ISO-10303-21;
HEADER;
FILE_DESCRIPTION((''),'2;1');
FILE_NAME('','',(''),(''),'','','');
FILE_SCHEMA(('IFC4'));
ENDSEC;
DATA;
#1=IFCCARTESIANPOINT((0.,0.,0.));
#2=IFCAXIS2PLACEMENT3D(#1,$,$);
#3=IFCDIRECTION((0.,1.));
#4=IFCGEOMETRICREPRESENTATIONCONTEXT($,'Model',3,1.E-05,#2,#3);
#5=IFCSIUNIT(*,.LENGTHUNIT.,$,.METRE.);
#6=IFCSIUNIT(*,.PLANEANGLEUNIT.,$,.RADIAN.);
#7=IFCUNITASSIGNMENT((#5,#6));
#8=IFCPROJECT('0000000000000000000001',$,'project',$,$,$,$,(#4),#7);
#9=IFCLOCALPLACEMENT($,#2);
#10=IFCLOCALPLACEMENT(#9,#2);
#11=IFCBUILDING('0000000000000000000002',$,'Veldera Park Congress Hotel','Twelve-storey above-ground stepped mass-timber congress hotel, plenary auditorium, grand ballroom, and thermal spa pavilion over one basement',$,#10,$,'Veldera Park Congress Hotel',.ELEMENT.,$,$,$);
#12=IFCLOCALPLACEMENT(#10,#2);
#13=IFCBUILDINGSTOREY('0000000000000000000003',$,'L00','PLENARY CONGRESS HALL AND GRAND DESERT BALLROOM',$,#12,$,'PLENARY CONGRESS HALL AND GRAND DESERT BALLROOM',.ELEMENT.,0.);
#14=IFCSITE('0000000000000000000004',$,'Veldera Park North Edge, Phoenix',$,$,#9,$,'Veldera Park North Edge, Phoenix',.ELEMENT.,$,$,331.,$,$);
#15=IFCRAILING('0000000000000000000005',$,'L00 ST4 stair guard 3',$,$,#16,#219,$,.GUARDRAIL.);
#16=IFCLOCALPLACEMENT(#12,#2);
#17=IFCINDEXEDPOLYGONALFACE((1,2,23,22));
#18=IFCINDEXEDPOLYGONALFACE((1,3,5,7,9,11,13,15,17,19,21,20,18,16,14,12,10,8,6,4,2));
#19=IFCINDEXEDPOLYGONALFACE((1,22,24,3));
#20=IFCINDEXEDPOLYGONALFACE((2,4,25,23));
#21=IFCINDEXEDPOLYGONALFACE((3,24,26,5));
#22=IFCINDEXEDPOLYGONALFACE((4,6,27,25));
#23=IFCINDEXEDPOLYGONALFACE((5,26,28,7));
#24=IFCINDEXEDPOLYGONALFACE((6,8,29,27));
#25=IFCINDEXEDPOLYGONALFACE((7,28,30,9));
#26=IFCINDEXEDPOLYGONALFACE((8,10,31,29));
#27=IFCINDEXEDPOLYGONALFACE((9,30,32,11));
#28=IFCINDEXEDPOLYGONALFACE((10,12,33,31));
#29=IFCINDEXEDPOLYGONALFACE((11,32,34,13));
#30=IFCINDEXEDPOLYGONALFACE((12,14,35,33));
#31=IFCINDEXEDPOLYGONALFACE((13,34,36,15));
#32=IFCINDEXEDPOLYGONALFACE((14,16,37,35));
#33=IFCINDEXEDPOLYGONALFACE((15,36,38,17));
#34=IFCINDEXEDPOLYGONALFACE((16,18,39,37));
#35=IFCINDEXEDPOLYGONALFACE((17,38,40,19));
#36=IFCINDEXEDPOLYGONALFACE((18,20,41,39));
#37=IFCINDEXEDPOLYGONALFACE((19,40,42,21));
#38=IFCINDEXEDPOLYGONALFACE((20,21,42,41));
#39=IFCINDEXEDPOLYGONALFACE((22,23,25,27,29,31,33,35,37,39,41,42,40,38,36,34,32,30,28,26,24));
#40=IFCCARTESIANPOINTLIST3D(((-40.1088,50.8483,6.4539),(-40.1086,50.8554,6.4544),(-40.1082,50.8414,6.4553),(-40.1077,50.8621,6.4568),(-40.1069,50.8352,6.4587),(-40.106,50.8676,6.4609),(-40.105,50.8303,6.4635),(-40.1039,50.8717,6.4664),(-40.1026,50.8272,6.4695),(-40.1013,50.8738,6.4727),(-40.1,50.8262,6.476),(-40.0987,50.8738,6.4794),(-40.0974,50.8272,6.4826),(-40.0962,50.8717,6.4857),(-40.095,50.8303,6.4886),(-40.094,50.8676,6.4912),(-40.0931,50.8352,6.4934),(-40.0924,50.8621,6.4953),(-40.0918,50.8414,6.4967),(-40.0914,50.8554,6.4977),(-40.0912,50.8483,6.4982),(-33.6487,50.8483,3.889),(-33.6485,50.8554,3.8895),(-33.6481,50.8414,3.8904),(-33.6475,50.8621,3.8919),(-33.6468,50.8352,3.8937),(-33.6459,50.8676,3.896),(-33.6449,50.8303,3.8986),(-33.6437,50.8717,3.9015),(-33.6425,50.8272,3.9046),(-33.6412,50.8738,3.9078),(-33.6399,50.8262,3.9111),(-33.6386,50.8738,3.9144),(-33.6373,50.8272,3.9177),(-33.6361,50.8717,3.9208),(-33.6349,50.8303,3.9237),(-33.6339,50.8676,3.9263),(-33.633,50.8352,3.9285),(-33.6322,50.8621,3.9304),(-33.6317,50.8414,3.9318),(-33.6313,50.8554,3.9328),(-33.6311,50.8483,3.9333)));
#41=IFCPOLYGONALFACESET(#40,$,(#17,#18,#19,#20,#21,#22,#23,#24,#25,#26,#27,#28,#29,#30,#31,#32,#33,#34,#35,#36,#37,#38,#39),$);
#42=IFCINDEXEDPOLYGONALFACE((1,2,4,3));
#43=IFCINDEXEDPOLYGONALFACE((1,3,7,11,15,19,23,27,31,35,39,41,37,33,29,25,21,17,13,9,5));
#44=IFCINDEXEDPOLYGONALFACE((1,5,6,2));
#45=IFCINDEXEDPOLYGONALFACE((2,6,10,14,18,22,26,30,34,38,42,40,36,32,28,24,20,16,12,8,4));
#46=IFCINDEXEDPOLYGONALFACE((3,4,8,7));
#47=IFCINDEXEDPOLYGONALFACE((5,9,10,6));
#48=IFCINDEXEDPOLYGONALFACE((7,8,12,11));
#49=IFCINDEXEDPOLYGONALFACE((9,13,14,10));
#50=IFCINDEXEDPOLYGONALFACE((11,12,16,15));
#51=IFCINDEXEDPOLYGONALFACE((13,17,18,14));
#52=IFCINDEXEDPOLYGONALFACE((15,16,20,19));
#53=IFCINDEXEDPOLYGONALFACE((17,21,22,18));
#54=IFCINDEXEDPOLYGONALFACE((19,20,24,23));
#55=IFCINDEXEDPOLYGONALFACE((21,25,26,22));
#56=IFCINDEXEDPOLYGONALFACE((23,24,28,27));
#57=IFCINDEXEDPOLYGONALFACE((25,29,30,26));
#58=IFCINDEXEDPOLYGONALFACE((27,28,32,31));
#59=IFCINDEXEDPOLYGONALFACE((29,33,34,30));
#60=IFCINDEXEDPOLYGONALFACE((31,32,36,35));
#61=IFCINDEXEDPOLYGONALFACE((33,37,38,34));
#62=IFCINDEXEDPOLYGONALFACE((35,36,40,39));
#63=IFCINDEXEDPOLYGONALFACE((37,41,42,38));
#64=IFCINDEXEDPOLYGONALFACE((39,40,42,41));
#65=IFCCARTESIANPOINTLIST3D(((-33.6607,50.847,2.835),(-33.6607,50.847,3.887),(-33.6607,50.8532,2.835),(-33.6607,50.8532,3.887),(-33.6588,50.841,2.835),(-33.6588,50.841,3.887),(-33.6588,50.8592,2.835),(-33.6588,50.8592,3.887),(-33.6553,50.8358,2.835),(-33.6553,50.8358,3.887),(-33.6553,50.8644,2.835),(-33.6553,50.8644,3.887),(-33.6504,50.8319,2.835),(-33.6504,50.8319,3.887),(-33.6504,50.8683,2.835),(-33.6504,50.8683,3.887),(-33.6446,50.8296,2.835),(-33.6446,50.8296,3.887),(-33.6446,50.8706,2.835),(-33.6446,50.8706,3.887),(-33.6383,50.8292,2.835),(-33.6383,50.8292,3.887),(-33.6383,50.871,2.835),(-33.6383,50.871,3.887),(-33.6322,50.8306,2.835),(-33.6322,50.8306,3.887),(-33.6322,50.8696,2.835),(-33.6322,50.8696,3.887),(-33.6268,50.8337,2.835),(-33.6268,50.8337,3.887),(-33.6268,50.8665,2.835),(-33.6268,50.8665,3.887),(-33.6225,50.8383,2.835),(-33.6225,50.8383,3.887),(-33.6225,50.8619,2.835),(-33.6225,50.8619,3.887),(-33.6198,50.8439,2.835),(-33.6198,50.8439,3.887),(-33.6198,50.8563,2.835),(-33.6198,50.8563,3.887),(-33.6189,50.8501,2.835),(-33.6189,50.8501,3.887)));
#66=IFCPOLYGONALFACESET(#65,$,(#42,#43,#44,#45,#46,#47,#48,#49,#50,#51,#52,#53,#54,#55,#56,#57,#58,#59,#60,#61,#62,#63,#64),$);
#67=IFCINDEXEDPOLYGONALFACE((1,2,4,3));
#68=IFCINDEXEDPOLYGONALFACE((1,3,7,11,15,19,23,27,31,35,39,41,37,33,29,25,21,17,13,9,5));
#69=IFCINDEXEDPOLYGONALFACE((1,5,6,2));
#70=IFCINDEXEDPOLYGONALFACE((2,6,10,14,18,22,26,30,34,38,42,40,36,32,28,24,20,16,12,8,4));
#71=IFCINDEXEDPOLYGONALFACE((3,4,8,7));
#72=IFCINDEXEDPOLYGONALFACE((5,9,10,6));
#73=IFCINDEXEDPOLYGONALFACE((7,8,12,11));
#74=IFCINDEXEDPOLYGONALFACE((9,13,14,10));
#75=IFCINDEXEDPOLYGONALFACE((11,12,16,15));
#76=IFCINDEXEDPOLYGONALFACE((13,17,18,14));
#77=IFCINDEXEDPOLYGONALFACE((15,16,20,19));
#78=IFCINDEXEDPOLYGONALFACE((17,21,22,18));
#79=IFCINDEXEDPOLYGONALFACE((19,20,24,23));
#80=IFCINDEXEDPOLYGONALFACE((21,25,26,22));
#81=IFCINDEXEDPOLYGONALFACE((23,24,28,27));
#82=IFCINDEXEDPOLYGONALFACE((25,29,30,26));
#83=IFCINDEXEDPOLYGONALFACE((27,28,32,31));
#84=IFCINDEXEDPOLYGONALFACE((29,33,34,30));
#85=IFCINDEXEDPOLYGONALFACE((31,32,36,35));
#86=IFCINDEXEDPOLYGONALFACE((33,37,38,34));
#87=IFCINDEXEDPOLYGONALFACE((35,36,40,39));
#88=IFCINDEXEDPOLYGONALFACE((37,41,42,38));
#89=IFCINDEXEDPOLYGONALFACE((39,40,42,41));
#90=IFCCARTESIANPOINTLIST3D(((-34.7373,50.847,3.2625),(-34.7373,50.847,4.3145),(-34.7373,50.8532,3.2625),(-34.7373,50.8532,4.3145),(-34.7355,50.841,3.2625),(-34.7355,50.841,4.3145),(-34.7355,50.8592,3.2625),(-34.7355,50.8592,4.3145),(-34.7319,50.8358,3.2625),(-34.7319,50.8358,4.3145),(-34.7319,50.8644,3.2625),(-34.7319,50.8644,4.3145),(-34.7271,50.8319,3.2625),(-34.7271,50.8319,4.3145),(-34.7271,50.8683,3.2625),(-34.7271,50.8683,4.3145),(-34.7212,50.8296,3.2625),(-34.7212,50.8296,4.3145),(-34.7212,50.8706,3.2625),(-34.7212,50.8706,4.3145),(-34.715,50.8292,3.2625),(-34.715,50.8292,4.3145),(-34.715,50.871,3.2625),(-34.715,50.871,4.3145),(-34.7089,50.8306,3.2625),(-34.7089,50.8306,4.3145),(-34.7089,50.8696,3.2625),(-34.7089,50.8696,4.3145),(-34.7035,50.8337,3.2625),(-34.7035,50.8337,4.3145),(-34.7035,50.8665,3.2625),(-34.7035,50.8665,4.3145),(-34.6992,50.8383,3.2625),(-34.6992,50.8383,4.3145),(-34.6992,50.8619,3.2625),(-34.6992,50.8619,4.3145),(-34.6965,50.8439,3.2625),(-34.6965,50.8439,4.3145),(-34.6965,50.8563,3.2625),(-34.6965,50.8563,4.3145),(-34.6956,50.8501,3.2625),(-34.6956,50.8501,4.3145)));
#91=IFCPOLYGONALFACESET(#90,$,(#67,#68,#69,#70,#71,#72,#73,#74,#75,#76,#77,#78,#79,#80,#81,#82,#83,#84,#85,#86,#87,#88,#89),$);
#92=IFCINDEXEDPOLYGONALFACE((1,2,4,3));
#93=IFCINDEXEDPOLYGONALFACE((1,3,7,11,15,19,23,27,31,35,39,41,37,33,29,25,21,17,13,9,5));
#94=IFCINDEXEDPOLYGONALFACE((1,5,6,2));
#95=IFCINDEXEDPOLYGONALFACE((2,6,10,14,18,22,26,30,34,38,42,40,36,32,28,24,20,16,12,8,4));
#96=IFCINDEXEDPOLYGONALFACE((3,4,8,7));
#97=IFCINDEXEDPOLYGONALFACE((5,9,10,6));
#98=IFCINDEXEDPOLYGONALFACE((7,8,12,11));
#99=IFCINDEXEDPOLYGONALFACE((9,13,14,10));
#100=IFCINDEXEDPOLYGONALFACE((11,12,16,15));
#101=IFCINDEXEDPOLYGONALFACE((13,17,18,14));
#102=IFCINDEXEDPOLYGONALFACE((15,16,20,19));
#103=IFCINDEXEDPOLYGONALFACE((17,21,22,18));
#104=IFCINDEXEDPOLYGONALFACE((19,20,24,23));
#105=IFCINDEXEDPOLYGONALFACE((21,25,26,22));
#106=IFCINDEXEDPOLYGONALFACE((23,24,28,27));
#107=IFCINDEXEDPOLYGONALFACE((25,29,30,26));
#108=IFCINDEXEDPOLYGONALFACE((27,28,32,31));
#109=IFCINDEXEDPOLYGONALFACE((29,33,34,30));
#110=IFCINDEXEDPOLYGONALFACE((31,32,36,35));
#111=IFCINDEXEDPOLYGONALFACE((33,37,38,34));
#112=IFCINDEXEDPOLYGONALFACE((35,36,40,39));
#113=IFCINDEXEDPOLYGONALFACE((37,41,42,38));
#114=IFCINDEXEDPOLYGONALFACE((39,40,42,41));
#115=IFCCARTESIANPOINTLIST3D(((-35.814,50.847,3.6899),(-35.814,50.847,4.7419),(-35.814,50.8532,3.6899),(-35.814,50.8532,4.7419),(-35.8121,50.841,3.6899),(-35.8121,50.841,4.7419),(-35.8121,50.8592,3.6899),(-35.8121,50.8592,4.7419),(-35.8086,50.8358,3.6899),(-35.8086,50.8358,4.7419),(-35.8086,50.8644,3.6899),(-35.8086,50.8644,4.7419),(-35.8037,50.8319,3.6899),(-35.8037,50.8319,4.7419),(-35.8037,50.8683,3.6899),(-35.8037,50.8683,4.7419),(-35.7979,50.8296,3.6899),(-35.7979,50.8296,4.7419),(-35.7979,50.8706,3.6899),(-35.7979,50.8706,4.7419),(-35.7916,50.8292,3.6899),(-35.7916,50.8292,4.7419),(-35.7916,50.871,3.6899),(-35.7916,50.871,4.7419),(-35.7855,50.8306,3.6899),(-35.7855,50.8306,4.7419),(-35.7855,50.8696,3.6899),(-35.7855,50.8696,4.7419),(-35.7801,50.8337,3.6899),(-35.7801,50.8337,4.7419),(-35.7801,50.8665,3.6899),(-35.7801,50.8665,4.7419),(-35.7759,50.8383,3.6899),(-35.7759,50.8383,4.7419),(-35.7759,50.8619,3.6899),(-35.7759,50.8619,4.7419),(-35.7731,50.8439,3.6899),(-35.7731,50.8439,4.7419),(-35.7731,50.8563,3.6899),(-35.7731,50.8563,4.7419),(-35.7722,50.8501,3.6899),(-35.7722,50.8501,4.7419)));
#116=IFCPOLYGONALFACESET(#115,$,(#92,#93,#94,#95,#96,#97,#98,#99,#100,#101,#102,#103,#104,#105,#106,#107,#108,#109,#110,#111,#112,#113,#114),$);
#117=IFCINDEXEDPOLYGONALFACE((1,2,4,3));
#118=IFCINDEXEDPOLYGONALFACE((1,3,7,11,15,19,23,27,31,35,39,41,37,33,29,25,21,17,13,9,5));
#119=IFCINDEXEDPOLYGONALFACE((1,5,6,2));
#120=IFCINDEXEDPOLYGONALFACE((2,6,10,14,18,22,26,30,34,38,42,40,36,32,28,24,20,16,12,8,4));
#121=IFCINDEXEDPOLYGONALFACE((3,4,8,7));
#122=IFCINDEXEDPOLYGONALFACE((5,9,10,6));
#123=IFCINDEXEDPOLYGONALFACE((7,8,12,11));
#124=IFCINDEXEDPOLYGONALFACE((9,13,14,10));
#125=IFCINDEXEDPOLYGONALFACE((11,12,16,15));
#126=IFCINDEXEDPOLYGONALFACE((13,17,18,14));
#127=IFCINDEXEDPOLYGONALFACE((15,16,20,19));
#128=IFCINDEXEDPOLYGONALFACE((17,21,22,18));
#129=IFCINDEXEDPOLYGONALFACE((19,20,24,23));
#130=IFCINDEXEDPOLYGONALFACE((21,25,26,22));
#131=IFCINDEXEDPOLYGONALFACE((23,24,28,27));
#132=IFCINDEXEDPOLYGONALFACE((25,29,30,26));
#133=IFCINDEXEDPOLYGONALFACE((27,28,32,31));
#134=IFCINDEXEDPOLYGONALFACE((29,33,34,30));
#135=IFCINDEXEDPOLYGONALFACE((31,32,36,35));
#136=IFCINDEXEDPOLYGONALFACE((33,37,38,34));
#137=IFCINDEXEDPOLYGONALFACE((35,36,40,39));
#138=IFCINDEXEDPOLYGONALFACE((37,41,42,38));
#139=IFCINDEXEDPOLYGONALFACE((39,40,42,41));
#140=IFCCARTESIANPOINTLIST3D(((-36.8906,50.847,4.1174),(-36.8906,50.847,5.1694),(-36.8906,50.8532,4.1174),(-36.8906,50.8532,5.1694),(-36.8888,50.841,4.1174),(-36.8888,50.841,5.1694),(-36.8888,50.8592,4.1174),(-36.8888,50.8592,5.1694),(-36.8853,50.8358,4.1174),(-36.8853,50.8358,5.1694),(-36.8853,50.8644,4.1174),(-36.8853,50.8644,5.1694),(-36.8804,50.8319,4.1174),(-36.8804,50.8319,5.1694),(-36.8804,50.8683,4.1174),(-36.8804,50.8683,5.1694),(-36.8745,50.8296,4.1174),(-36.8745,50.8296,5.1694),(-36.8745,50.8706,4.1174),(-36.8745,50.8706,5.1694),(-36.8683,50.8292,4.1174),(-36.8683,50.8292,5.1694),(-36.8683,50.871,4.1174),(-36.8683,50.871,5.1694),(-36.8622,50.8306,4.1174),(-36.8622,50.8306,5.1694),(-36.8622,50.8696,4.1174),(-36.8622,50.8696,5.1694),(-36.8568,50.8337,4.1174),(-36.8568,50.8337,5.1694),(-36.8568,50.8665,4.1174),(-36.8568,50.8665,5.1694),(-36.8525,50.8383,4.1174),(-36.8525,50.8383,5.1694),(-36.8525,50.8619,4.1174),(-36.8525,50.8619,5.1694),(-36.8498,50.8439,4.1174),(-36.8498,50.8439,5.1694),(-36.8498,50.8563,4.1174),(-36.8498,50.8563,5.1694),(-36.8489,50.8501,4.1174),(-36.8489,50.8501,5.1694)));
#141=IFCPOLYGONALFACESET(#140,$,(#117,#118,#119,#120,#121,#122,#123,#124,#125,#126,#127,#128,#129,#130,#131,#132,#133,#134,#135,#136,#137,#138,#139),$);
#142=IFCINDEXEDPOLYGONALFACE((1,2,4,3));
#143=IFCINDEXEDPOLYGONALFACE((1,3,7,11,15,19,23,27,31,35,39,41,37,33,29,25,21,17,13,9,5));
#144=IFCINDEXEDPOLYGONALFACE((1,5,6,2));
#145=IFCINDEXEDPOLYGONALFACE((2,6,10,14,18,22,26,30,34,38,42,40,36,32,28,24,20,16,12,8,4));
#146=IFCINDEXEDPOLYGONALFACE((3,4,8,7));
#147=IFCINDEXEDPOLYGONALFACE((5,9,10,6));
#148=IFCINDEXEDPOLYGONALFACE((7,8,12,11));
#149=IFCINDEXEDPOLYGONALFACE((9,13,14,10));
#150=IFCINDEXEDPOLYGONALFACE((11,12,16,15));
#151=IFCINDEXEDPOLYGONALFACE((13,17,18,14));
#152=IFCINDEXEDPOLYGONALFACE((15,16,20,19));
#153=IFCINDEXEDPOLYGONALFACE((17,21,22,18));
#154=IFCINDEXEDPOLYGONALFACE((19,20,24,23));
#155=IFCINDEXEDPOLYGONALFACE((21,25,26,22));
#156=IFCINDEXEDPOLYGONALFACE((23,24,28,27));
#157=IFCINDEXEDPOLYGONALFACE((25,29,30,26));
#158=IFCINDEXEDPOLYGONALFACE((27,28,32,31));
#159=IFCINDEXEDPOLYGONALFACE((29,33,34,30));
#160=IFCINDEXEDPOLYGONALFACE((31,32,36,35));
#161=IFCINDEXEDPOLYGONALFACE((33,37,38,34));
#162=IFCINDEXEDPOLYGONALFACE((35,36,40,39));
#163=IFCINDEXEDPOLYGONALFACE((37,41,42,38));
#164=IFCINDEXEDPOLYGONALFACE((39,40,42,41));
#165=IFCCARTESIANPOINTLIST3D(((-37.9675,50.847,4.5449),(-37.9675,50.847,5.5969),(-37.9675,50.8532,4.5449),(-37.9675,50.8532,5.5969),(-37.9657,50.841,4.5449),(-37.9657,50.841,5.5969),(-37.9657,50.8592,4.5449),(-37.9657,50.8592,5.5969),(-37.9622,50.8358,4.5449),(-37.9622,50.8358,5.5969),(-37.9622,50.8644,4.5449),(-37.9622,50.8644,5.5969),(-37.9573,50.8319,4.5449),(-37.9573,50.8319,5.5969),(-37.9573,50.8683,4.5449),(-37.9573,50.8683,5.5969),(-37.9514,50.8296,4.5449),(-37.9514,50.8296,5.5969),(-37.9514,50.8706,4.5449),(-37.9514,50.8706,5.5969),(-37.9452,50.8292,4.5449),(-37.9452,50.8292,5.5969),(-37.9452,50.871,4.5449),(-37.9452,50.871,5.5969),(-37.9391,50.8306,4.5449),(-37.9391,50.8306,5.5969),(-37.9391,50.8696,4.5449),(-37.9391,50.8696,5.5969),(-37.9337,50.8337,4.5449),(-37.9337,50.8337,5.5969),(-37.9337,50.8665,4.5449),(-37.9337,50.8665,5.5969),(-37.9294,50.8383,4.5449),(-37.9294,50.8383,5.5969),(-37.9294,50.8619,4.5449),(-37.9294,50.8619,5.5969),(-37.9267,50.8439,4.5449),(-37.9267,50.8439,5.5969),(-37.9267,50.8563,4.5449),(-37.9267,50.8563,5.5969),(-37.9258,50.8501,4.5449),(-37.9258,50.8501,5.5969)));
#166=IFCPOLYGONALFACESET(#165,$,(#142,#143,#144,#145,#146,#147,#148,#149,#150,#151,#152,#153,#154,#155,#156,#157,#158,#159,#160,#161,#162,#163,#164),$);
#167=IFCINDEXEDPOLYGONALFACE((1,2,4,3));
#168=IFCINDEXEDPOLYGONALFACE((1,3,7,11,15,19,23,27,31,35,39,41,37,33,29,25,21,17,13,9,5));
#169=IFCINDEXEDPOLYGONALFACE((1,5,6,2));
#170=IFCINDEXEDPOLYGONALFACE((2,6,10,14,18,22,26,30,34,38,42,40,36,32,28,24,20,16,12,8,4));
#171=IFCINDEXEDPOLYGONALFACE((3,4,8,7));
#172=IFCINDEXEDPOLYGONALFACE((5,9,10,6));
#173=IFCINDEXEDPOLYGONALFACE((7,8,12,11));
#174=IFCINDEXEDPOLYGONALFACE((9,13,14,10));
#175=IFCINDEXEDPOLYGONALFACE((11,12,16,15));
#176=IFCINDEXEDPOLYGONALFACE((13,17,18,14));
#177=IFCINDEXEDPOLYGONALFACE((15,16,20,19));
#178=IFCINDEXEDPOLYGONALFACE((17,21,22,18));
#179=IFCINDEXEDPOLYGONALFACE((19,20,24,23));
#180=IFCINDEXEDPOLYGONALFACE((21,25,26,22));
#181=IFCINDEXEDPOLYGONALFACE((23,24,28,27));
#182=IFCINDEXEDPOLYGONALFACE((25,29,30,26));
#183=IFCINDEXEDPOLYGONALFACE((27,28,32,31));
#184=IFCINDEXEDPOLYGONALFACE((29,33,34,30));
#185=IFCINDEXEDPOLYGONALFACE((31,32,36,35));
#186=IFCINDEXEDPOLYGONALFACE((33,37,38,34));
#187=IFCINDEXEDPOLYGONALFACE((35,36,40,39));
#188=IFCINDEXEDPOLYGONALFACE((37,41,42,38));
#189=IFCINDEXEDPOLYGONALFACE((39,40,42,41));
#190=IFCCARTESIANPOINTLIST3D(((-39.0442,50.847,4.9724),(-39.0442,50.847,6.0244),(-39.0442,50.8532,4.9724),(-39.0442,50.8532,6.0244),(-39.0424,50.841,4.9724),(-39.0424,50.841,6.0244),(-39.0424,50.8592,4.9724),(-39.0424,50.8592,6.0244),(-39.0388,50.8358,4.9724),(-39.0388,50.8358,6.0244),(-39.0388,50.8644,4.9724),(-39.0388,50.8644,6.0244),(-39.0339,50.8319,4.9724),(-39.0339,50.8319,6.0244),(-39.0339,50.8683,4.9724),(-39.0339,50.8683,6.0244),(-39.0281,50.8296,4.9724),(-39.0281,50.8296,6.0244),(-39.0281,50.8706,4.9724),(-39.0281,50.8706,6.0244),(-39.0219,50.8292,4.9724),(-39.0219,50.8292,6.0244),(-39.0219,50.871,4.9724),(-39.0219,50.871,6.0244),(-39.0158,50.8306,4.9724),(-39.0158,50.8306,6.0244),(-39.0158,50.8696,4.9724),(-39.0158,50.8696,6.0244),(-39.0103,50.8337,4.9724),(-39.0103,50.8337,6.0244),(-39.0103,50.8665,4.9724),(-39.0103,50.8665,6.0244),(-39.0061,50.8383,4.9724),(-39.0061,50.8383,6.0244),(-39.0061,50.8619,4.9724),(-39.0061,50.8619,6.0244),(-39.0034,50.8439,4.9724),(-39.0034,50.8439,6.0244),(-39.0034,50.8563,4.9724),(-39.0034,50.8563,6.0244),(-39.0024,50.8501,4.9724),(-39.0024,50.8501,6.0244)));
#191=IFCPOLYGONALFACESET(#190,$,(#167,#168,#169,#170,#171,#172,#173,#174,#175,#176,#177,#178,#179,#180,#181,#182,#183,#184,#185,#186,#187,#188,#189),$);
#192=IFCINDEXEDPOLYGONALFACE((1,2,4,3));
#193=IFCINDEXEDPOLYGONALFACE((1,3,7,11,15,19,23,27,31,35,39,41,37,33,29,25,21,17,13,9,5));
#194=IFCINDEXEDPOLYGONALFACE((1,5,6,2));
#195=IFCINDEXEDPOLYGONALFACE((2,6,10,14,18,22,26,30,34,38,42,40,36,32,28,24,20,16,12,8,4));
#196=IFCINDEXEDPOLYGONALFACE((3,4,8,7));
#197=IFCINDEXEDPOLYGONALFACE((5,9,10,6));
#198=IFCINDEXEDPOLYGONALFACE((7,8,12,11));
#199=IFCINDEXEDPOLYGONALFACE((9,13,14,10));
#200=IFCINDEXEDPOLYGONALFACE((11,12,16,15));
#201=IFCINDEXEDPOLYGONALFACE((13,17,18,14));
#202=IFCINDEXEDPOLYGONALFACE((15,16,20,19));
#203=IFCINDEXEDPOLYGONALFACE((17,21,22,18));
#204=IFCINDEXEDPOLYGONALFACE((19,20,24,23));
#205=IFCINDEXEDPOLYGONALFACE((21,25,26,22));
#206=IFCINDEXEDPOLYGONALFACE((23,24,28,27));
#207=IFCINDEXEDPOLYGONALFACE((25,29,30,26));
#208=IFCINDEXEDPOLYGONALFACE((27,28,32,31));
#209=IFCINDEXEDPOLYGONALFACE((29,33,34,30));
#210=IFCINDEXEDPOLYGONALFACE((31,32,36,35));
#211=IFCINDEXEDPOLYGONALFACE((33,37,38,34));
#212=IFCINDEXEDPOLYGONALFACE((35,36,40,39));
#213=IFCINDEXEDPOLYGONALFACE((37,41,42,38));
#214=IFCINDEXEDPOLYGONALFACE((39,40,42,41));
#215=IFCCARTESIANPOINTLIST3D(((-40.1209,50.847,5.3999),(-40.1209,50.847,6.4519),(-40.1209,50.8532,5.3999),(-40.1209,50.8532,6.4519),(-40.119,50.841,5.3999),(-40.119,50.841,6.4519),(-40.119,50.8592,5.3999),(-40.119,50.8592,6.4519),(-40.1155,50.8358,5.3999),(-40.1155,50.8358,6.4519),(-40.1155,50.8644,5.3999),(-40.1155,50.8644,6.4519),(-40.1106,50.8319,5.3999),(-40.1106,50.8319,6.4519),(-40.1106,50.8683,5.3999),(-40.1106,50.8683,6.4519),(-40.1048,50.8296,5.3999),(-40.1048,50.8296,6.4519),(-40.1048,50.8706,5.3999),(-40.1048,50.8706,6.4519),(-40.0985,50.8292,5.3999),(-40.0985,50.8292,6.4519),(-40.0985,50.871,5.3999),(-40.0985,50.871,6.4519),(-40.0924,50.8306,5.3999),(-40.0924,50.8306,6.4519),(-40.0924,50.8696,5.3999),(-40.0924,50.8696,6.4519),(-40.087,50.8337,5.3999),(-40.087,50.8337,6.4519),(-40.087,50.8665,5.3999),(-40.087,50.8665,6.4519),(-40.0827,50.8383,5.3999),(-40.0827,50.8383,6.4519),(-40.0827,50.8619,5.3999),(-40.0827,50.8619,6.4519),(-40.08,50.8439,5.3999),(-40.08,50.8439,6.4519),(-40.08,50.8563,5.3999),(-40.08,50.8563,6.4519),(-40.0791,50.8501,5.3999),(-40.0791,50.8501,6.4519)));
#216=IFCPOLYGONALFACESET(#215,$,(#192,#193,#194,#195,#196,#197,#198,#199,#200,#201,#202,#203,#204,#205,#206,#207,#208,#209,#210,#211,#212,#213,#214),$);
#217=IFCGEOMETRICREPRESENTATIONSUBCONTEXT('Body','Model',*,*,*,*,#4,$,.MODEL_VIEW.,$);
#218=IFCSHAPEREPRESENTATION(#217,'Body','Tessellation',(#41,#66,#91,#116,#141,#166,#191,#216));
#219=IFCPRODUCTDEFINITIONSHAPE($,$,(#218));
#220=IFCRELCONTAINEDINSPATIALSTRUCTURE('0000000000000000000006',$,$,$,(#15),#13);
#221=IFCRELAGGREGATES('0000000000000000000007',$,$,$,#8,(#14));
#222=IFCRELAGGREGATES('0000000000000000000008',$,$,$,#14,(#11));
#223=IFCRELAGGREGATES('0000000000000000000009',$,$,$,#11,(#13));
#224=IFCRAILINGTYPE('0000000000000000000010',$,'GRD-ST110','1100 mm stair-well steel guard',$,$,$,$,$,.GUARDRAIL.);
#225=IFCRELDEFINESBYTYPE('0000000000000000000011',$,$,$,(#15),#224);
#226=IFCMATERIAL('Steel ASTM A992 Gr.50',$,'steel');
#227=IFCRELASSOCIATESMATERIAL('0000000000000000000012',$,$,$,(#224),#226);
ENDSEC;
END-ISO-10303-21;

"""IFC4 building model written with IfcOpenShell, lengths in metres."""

from ifc_helpers import new_model, si_unit, direction, frame, origin, origin_2d, place, context, subcontext, project, spatial, circle, extrude, material, type_object, element, save


model = new_model("IFC4")

# Units and contexts
model_context = context("Model", 3, precision=1e-05, world=origin(), true_north=direction((0.0, 1.0)))
body_context = subcontext(model_context, "Body", "Model", "MODEL_VIEW")
ifc_project = project(units=[si_unit("LENGTHUNIT", "METRE"), si_unit("PLANEANGLEUNIT", "RADIAN")], contexts=[model_context])

# Site, building, storey
site_placement = place(None, origin())
site = spatial("IfcSite", under=ifc_project, at=site_placement, Name="Veldera Park North Edge, Phoenix", LongName="Veldera Park North Edge, Phoenix", CompositionType="ELEMENT", RefElevation=331.0)
building_placement = place(site_placement, origin())
building = spatial("IfcBuilding", under=site, at=building_placement, Name="Veldera Park Congress Hotel", Description="Twelve-storey above-ground stepped mass-timber congress hotel, plenary auditorium, grand ballroom, and thermal spa pavilion over one basement", LongName="Veldera Park Congress Hotel", CompositionType="ELEMENT")
storey_placement = place(building_placement, origin())
storey = spatial("IfcBuildingStorey", under=building, at=storey_placement, Name="L00", Description="PLENARY CONGRESS HALL AND GRAND DESERT BALLROOM", LongName="PLENARY CONGRESS HALL AND GRAND DESERT BALLROOM", CompositionType="ELEMENT", Elevation=0.0)

# Shared definitions
ifc_material_1 = material(Name="Steel ASTM A992 Gr.50", Category="steel")

# Railing
railing_type_1 = type_object("IfcRailingType", Name="GRD-ST110", Description="1100 mm stair-well steel guard", PredefinedType="GUARDRAIL", material=ifc_material_1)
railing_1_placement = place(storey_placement, frame((-33.6399, 50.8501, 2.835)))
element("IfcRailing", 1, at=railing_1_placement, inside=storey, type_object=railing_type_1, Name="L00 ST4 stair guard 3", PredefinedType="GUARDRAIL", context=body_context, shape_type="SweptSolid", body=[
    extrude(circle(Radius=0.0239, at=origin_2d()), frame((0.0, 0.0, 1.0762), z_axis=(-0.929423, 0.0, 0.369016), x_axis=(0.0, -1.0, 0.0)), (0.0, 0.0, 1.0), 6.9507),
    extrude(circle(Radius=0.021, at=origin_2d()), origin(), (0.0, 0.0, 1.0), 1.052),
    extrude(circle(Radius=0.021, at=origin_2d()), frame((-1.0767, 0.0, 0.4275)), (0.0, 0.0, 1.0), 1.052),
    extrude(circle(Radius=0.021, at=origin_2d()), frame((-2.1533, 0.0, 0.855)), (0.0, 0.0, 1.0), 1.052),
    extrude(circle(Radius=0.021, at=origin_2d()), frame((-3.23, 0.0, 1.2825)), (0.0, 0.0, 1.0), 1.052),
    extrude(circle(Radius=0.021, at=origin_2d()), frame((-4.3069, 0.0, 1.71)), (0.0, 0.0, 1.0), 1.052),
    extrude(circle(Radius=0.021, at=origin_2d()), frame((-5.3835, 0.0, 2.1375)), (0.0, 0.0, 1.0), 1.052),
    extrude(circle(Radius=0.021, at=origin_2d()), frame((-6.4602, 0.0, 2.5649)), (0.0, 0.0, 1.0), 1.052),
])

save(model, "model.ifc")
